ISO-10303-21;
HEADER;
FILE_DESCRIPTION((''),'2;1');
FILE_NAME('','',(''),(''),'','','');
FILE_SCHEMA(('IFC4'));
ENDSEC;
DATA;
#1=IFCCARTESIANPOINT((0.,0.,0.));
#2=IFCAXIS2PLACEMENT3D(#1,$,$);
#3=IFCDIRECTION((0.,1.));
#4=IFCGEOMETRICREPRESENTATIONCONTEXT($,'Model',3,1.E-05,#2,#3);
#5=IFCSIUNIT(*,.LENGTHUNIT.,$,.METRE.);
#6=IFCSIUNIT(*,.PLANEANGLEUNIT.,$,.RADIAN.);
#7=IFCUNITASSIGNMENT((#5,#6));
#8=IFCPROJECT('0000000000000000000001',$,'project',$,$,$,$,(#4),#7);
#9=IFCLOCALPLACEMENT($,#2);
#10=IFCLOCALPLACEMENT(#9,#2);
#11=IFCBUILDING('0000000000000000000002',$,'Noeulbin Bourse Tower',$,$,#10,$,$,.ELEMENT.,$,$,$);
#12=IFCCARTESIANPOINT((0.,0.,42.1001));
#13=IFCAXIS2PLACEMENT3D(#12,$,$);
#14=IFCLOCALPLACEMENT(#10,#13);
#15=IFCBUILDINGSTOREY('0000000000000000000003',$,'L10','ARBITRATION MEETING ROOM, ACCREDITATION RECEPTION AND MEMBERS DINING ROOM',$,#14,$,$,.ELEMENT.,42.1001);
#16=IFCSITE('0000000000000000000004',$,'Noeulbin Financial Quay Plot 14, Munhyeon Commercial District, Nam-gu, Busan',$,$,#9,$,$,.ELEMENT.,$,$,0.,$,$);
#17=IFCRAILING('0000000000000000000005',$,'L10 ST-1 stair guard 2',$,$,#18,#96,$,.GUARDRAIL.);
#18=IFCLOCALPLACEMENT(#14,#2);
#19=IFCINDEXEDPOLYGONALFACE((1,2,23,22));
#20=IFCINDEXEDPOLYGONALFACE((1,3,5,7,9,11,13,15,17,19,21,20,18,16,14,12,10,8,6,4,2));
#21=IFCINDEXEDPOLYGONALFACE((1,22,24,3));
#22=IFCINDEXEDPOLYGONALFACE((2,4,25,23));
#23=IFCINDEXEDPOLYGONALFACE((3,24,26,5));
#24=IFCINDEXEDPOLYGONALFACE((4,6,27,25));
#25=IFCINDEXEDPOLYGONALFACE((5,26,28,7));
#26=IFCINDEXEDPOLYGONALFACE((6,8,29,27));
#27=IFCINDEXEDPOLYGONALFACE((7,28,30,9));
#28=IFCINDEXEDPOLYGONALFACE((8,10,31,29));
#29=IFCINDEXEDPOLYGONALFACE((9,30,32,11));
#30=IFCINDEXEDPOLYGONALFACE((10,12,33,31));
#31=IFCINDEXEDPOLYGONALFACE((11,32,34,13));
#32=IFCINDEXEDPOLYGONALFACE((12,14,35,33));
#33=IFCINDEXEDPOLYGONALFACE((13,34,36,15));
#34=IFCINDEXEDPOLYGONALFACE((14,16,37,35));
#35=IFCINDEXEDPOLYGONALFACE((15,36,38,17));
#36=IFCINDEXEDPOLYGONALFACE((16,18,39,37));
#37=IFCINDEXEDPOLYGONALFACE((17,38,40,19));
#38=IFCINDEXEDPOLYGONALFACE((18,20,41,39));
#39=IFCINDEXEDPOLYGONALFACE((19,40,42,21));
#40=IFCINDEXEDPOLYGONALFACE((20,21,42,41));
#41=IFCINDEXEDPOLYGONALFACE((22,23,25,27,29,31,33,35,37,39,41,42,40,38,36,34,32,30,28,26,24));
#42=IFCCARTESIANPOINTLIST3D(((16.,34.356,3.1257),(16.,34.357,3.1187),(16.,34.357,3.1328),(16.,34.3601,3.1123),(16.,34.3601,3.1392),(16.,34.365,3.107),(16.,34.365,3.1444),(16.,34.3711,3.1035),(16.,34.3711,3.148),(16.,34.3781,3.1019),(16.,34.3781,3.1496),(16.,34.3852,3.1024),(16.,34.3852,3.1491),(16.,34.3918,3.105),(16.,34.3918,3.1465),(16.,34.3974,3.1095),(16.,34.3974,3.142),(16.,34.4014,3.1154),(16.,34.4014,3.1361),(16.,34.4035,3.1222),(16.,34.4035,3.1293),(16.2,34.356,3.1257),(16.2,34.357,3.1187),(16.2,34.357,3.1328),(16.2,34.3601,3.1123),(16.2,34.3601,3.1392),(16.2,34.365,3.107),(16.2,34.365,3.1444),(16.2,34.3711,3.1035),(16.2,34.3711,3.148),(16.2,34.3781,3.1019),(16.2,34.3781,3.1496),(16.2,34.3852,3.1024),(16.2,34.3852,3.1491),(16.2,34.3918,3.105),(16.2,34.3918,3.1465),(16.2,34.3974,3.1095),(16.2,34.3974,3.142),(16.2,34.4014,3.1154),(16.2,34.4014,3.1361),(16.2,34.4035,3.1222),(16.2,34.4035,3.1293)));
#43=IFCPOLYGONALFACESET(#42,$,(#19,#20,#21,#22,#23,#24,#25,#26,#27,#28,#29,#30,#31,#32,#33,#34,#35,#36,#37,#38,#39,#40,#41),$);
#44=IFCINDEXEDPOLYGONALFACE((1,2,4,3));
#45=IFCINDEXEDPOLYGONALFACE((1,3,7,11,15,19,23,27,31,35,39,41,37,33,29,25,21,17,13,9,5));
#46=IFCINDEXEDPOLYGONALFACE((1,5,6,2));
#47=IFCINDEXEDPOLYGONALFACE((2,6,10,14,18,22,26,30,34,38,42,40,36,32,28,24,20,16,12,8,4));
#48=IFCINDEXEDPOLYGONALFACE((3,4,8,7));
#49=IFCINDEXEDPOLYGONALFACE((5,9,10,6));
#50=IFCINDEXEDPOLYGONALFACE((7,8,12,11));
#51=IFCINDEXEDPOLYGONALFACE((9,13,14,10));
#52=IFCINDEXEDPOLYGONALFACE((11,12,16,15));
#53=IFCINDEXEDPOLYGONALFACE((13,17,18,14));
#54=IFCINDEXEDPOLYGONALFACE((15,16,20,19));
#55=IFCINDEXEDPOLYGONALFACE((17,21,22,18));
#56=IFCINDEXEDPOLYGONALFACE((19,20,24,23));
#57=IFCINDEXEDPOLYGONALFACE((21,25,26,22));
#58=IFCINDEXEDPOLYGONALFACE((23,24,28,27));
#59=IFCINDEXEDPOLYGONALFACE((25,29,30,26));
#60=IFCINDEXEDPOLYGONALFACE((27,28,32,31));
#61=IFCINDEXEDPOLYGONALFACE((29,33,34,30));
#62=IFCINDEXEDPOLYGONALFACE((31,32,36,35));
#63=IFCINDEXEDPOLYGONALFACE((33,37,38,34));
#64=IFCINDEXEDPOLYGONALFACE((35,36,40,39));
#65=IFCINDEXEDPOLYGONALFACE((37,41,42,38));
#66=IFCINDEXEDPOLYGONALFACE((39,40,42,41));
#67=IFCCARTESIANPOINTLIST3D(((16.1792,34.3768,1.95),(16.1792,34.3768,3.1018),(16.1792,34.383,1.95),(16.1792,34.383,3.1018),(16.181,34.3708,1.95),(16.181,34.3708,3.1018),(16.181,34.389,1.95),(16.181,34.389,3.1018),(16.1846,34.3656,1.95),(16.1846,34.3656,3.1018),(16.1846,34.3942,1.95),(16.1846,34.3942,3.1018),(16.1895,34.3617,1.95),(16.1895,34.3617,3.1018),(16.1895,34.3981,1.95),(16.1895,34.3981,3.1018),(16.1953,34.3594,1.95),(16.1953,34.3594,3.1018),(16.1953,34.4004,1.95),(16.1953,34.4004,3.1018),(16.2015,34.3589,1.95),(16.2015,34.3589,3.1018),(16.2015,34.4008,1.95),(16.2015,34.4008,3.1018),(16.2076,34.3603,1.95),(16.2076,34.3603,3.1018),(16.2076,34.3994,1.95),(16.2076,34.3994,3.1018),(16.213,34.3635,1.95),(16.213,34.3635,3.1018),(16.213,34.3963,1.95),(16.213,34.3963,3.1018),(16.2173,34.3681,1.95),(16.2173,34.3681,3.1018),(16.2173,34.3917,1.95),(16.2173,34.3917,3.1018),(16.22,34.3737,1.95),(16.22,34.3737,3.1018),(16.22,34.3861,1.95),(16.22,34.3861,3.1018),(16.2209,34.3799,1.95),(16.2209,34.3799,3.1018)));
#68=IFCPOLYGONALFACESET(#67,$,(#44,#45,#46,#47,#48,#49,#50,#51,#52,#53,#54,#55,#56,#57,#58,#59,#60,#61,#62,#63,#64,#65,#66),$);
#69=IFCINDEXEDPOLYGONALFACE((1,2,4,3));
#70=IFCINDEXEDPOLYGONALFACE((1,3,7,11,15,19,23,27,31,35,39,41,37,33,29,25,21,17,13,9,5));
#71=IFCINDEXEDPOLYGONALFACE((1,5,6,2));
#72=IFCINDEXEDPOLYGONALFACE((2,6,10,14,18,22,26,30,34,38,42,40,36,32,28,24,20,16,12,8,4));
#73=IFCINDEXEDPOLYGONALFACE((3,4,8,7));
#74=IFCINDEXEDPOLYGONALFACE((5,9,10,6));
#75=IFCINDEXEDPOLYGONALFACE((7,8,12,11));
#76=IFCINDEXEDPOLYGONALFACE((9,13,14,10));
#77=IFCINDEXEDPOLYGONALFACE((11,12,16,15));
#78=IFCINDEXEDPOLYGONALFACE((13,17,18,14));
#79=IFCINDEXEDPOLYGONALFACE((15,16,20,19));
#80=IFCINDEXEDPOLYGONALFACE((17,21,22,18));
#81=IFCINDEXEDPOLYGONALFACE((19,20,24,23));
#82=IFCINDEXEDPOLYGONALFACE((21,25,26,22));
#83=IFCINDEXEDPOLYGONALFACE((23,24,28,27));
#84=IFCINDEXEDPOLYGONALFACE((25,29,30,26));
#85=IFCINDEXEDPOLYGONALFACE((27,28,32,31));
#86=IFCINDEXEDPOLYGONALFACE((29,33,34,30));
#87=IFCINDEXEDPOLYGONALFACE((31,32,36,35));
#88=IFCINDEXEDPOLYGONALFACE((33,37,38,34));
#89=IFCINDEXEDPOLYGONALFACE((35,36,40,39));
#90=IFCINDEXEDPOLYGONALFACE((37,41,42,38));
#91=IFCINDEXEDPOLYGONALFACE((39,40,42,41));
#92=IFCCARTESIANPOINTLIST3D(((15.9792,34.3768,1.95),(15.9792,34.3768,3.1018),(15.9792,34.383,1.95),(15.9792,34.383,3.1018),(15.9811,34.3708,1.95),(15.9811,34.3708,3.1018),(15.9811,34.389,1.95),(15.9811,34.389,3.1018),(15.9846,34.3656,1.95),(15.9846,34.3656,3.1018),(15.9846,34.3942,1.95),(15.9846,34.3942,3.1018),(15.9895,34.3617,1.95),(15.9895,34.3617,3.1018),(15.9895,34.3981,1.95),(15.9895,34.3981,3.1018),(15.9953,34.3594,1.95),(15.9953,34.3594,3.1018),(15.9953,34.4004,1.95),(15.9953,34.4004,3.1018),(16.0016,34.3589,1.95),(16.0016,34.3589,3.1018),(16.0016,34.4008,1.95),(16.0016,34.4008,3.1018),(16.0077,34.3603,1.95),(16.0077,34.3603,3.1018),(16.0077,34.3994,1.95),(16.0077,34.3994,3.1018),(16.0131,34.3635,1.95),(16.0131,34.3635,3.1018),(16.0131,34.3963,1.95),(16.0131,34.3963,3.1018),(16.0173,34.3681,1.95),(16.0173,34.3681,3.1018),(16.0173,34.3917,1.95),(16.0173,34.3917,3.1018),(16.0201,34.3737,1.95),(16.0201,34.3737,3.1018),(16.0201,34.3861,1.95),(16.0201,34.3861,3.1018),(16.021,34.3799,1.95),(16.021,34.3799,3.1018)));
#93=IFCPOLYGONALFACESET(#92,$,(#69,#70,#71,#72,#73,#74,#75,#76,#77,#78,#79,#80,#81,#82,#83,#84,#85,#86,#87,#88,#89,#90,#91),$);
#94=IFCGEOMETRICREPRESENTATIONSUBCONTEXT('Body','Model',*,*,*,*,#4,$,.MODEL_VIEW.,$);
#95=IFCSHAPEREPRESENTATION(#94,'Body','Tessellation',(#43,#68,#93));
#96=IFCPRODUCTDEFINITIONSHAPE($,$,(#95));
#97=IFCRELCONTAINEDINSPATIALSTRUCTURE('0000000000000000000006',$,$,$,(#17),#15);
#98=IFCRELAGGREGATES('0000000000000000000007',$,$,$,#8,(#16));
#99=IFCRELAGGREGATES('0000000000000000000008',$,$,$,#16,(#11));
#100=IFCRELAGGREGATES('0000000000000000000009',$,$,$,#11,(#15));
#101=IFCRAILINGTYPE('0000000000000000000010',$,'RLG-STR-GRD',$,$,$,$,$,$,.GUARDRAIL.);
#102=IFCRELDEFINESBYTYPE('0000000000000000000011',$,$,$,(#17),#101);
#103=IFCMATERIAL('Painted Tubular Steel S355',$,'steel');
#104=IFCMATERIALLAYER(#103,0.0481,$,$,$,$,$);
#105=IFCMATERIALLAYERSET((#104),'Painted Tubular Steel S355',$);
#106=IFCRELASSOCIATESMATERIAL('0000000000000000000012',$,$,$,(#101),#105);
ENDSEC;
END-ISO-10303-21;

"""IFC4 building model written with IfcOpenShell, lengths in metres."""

from ifc_helpers import new_model, si_unit, direction, frame, origin, origin_2d, place, context, subcontext, project, spatial, circle, extrude, material, layer, layer_set, type_object, element, save


model = new_model("IFC4")

# Units and contexts
model_context = context("Model", 3, precision=1e-05, world=origin(), true_north=direction((0.0, 1.0)))
body_context = subcontext(model_context, "Body", "Model", "MODEL_VIEW")
ifc_project = project(units=[si_unit("LENGTHUNIT", "METRE"), si_unit("PLANEANGLEUNIT", "RADIAN")], contexts=[model_context])

# Site, building, storey
site_placement = place(None, origin())
site = spatial("IfcSite", under=ifc_project, at=site_placement, Name="Noeulbin Financial Quay Plot 14, Munhyeon Commercial District, Nam-gu, Busan", CompositionType="ELEMENT", RefElevation=0.0)
building_placement = place(site_placement, origin())
building = spatial("IfcBuilding", under=site, at=building_placement, Name="Noeulbin Bourse Tower", CompositionType="ELEMENT")
storey_placement = place(building_placement, frame((0.0, 0.0, 42.1001)))
storey = spatial("IfcBuildingStorey", under=building, at=storey_placement, Name="L10", Description="ARBITRATION MEETING ROOM, ACCREDITATION RECEPTION AND MEMBERS DINING ROOM", CompositionType="ELEMENT", Elevation=42.1001)

# Railing
ifc_material_1 = material(Name="Painted Tubular Steel S355", Category="steel")
ifc_layer_1 = layer(ifc_material_1, 0.0481)
ifc_layer_set_1 = layer_set([ifc_layer_1], Name="Painted Tubular Steel S355")
railing_type_1 = type_object("IfcRailingType", Name="RLG-STR-GRD", PredefinedType="GUARDRAIL", material=ifc_layer_set_1)
railing_1_placement = place(storey_placement, frame((16.2, 34.3799, 1.95)))
element("IfcRailing", 1, at=railing_1_placement, inside=storey, type_object=railing_type_1, Name="L10 ST-1 stair guard 2", PredefinedType="GUARDRAIL", context=body_context, shape_type="SweptSolid", body=[
    extrude(circle(Radius=0.0239, at=origin_2d()), frame((0.0, 0.0, 1.1758), z_axis=(-1.0, 0.0, 0.0), x_axis=(0.0, -1.0, 0.0)), (0.0, 0.0, 1.0), 0.2),
    extrude(circle(Radius=0.021, at=origin_2d()), origin(), (0.0, 0.0, 1.0), 1.1519),
    extrude(circle(Radius=0.021, at=origin_2d()), frame((-0.2, 0.0, 0.0)), (0.0, 0.0, 1.0), 1.1519),
])

save(model, "model.ifc")
